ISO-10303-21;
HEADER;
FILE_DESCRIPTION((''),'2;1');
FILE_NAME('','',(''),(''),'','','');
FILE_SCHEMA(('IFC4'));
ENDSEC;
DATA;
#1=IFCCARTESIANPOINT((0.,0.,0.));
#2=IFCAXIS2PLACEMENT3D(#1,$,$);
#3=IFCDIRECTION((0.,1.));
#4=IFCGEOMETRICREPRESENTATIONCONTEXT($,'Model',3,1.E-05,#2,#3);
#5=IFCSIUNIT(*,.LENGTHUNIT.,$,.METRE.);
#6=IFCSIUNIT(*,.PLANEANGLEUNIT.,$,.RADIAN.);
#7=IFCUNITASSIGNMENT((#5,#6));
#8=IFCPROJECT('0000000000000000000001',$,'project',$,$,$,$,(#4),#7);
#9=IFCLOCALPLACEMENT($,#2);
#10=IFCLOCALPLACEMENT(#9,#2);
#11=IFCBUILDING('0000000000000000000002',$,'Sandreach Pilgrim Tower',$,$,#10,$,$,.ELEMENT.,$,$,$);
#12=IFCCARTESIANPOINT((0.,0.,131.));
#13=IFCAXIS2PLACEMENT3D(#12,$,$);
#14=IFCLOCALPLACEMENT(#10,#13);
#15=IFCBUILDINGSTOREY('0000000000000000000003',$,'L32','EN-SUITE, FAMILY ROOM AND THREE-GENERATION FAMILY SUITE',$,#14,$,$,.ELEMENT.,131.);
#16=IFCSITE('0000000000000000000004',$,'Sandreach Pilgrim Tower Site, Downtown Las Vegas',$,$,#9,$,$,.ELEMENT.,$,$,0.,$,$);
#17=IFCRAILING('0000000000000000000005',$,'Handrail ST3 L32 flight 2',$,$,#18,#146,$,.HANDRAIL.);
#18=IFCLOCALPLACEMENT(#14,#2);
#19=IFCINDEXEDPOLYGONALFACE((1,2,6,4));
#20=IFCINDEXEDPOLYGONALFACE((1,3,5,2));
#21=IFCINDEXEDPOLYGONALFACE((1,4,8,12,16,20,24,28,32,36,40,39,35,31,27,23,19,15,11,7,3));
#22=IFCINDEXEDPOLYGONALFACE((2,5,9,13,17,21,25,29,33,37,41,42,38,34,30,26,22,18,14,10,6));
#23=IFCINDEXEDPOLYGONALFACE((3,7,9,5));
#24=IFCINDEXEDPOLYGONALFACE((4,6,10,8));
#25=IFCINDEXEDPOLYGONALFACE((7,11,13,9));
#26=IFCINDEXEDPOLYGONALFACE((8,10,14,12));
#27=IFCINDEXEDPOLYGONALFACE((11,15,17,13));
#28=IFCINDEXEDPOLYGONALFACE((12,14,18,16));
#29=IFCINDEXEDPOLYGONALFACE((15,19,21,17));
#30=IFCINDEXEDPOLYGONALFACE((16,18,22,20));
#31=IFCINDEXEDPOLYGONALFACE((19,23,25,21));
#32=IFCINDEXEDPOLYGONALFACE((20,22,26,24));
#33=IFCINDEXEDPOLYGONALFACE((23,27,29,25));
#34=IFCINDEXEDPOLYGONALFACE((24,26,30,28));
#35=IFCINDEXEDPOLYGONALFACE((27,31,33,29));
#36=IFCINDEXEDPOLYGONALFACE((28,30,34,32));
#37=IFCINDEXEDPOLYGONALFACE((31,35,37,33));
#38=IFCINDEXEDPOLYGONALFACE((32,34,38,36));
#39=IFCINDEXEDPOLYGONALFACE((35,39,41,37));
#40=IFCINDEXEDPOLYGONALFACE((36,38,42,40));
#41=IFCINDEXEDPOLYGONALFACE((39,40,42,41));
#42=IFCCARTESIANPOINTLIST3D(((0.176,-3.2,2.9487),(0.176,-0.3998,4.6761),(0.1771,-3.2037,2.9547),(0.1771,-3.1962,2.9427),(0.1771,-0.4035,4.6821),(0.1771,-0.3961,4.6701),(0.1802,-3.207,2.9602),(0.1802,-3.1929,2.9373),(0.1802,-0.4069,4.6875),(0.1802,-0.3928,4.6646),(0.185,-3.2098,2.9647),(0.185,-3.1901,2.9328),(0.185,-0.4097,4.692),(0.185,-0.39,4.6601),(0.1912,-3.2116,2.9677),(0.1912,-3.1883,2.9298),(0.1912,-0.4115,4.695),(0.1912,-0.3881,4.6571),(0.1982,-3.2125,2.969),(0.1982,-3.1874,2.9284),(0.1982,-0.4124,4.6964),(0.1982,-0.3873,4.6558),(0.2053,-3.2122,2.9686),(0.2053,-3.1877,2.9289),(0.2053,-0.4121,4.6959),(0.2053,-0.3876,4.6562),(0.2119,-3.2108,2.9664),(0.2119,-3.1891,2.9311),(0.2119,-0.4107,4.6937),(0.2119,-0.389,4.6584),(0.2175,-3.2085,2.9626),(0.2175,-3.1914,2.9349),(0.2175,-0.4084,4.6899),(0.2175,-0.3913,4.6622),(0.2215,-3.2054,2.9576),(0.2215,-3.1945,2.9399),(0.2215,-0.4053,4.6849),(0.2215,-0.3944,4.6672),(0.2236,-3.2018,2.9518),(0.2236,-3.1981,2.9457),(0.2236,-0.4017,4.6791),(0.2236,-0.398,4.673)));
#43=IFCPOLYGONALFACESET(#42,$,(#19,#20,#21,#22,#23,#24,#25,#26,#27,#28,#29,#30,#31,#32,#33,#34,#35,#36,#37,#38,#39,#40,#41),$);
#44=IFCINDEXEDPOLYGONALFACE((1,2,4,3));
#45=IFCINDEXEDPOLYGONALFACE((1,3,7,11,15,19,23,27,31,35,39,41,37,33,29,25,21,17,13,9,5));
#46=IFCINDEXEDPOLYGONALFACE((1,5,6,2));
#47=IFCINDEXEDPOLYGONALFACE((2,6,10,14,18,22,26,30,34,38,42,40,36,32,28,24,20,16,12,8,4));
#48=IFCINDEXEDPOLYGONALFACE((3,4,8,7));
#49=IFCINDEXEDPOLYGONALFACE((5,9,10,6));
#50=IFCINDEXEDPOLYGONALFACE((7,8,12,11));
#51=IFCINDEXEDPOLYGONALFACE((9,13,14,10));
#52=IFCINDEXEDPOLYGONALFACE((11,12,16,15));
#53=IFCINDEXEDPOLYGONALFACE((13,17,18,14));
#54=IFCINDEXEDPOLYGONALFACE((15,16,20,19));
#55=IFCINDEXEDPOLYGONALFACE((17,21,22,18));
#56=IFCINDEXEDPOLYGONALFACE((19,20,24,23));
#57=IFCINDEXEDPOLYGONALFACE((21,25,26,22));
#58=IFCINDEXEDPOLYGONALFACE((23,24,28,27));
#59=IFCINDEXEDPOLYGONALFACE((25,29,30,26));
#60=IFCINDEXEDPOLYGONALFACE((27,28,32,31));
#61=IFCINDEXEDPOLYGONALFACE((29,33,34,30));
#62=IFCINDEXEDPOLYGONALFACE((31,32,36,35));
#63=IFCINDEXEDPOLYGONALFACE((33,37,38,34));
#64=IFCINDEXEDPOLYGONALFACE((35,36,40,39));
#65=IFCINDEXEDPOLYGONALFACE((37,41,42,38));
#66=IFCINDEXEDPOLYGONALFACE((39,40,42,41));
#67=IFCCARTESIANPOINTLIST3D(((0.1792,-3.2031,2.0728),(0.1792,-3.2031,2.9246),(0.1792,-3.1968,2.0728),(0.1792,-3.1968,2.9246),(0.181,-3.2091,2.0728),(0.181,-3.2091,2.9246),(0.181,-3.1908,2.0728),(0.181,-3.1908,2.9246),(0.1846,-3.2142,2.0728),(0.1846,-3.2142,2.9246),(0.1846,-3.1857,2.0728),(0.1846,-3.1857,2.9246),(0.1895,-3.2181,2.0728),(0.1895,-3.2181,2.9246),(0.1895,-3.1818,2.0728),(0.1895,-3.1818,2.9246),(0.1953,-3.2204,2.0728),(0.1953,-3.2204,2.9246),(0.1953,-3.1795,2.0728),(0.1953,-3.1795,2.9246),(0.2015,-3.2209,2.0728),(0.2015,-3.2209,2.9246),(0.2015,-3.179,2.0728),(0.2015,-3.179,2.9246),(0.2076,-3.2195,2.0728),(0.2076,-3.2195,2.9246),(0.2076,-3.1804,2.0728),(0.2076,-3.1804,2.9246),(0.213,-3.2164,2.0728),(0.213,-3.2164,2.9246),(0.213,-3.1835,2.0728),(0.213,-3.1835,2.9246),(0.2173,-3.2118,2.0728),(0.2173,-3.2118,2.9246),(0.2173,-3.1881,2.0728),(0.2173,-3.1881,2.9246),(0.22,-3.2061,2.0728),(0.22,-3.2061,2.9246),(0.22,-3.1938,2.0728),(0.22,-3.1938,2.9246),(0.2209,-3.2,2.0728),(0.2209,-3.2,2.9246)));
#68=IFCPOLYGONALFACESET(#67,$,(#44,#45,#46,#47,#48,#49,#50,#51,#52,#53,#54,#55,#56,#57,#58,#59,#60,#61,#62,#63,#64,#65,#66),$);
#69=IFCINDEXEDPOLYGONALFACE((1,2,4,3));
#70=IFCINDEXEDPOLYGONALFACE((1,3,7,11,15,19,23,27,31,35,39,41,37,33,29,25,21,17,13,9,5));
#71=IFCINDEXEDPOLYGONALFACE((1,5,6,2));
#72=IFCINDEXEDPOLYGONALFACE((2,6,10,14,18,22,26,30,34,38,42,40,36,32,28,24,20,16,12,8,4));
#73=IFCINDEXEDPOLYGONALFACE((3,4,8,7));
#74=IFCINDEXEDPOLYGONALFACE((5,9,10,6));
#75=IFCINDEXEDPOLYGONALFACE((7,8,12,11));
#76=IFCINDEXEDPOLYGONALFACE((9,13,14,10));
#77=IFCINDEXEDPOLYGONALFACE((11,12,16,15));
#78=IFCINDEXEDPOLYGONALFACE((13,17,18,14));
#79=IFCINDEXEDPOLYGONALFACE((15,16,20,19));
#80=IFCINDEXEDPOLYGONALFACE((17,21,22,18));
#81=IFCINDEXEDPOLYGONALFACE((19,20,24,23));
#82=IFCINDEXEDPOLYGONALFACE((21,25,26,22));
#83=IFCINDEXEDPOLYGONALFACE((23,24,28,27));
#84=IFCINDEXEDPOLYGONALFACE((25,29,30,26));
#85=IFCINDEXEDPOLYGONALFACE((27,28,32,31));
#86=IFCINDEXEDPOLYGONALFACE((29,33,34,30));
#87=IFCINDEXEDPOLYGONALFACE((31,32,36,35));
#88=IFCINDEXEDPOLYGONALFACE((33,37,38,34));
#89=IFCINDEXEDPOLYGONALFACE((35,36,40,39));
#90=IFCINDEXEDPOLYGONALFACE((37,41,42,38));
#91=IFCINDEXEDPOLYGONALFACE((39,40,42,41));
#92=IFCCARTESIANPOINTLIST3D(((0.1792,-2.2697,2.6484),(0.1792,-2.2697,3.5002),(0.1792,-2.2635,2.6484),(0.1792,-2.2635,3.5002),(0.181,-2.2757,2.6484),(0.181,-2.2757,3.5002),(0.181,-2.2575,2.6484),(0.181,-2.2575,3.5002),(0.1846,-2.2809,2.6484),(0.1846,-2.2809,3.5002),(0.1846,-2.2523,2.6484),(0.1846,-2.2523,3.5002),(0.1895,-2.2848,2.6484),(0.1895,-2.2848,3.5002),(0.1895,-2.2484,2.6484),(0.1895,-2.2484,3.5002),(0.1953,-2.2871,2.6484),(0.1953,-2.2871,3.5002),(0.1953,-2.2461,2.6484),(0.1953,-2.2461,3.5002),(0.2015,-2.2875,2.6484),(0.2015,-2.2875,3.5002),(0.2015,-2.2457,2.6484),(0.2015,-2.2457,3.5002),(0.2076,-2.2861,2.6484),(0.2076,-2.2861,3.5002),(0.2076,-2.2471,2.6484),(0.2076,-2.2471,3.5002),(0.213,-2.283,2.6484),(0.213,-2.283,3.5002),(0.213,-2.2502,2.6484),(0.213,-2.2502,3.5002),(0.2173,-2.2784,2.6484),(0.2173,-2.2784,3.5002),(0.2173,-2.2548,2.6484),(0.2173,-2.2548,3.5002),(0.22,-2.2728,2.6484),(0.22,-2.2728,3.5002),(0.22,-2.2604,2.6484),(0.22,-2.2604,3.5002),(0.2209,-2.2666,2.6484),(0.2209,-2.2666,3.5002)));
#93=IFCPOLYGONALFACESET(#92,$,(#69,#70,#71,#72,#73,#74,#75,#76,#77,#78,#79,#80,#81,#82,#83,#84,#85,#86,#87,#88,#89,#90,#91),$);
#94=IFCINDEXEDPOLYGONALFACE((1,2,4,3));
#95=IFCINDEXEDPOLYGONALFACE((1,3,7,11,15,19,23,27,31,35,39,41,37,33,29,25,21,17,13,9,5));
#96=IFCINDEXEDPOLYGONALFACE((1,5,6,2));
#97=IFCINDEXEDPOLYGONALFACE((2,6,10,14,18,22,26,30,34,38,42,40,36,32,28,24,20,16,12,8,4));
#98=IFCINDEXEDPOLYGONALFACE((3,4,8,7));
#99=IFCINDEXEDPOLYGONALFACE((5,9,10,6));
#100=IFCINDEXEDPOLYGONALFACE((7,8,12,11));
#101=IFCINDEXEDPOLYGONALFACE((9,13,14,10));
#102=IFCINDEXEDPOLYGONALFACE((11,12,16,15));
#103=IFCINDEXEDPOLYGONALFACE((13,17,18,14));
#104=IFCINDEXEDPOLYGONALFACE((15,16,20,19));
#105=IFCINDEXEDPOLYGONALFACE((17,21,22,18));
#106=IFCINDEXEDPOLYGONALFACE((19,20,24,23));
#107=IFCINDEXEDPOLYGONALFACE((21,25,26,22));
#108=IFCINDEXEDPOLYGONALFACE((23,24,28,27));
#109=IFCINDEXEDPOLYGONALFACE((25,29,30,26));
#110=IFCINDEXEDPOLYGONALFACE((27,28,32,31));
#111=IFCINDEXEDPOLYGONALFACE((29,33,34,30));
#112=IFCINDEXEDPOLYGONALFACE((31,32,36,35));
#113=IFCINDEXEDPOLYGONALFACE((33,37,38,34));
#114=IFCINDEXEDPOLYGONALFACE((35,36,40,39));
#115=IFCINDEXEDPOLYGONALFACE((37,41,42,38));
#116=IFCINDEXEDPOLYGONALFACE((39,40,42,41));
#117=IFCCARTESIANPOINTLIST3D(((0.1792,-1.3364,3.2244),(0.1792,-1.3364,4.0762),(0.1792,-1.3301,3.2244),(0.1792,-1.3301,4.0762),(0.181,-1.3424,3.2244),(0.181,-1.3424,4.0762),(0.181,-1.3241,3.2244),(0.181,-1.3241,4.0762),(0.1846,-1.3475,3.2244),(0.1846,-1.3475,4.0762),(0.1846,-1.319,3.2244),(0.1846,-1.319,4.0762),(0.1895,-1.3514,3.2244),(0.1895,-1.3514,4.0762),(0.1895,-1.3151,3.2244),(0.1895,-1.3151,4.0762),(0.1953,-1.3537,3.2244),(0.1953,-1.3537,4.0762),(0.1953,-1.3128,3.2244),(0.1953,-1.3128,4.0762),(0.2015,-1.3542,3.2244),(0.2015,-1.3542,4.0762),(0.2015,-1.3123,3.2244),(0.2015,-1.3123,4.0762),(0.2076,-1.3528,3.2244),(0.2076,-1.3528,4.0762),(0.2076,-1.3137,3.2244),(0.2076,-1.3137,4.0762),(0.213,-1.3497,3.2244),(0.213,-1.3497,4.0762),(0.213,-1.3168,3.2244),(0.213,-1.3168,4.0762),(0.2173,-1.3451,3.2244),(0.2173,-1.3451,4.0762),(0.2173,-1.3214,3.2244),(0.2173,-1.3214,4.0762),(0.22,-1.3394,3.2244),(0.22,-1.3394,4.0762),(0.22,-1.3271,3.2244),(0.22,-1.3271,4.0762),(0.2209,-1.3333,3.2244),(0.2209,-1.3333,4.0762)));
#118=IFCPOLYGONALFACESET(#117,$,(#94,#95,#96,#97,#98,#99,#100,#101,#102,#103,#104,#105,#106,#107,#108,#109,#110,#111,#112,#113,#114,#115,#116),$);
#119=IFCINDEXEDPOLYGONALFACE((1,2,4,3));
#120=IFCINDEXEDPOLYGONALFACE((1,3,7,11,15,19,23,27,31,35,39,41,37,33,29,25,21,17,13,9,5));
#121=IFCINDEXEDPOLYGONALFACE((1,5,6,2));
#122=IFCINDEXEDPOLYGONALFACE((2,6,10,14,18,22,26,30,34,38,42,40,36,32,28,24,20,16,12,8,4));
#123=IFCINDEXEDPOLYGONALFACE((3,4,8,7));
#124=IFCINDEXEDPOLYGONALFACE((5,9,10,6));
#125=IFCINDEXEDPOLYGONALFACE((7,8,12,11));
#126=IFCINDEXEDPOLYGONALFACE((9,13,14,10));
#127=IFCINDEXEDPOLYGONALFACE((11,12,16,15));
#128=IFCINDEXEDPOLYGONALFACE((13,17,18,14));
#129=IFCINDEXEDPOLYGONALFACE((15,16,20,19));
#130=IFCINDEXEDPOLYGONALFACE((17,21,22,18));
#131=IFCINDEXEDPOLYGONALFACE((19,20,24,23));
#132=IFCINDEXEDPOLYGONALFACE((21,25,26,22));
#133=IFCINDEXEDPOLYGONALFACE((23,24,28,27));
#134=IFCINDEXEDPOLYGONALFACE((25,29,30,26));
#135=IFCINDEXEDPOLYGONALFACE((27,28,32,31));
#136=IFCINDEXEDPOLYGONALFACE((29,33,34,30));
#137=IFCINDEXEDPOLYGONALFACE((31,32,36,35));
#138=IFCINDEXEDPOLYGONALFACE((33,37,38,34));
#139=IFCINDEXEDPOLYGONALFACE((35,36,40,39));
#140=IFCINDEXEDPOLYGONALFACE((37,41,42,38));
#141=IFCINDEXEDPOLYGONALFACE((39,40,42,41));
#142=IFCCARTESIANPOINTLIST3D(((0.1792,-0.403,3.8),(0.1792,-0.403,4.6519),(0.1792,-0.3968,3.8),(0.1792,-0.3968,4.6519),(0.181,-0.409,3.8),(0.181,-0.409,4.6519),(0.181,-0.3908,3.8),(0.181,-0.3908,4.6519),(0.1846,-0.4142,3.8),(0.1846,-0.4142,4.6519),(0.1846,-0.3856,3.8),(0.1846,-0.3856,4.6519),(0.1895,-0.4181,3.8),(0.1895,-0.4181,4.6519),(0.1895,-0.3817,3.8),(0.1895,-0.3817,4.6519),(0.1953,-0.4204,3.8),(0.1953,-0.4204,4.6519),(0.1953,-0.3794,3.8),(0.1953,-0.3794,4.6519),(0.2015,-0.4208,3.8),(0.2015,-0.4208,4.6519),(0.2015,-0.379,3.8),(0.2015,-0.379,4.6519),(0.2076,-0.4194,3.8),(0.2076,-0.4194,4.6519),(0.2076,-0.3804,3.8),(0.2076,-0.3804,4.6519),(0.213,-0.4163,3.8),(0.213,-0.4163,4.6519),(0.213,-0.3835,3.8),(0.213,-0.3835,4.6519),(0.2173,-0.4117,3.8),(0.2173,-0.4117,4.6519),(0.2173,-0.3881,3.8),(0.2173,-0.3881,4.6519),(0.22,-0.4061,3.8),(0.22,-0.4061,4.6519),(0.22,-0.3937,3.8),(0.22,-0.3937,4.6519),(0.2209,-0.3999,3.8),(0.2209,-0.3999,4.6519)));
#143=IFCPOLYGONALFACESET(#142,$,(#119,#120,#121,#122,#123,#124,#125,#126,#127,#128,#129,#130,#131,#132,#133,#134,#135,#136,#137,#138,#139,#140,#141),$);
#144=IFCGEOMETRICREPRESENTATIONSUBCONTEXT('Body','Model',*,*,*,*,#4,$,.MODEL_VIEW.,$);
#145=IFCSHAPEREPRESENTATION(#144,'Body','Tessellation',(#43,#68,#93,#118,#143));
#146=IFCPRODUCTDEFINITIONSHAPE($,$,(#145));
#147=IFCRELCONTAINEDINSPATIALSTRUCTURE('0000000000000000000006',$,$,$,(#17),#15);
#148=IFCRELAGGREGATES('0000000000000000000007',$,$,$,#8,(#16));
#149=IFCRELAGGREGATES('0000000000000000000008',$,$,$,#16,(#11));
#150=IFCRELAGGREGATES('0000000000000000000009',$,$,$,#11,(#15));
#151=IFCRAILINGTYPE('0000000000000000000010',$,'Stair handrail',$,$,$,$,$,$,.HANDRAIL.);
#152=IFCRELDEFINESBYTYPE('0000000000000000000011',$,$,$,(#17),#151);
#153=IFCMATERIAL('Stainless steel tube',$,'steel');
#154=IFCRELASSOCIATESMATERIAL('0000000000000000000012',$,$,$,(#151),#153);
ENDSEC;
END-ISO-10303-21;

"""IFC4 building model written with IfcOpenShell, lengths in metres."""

from ifc_helpers import new_model, si_unit, direction, frame, origin, origin_2d, place, context, subcontext, project, spatial, circle, extrude, material, type_object, element, save


model = new_model("IFC4")

# Units and contexts
model_context = context("Model", 3, precision=1e-05, world=origin(), true_north=direction((0.0, 1.0)))
body_context = subcontext(model_context, "Body", "Model", "MODEL_VIEW")
ifc_project = project(units=[si_unit("LENGTHUNIT", "METRE"), si_unit("PLANEANGLEUNIT", "RADIAN")], contexts=[model_context])

# Site, building, storey
site_placement = place(None, origin())
site = spatial("IfcSite", under=ifc_project, at=site_placement, Name="Sandreach Pilgrim Tower Site, Downtown Las Vegas", CompositionType="ELEMENT", RefElevation=0.0)
building_placement = place(site_placement, origin())
building = spatial("IfcBuilding", under=site, at=building_placement, Name="Sandreach Pilgrim Tower", CompositionType="ELEMENT")
storey_placement = place(building_placement, frame((0.0, 0.0, 131.0)))
storey = spatial("IfcBuildingStorey", under=building, at=storey_placement, Name="L32", Description="EN-SUITE, FAMILY ROOM AND THREE-GENERATION FAMILY SUITE", CompositionType="ELEMENT", Elevation=131.0)

# Railing
ifc_material_1 = material(Name="Stainless steel tube", Category="steel")
railing_type = type_object("IfcRailingType", Name="Stair handrail", PredefinedType="HANDRAIL", material=ifc_material_1)
for number, where, name in (
    (1, (0.2, -3.2, 2.0728), "Handrail ST3 L32 flight 2"),
):
    element("IfcRailing", number, at=place(storey_placement, frame(where)), inside=storey, type_object=railing_type, Name=name, PredefinedType="HANDRAIL", context=body_context, shape_type="SweptSolid", body=[
        extrude(circle(Radius=0.0239, at=origin_2d()), frame((0.0, 0.0, 0.876), z_axis=(0.0, 0.85109, 0.52502), x_axis=(-1.0, 0.0, 0.0)), (0.0, 0.0, 1.0), 3.29),
        extrude(circle(Radius=0.021, at=origin_2d()), origin(), (0.0, 0.0, 1.0), 0.8518),
        extrude(circle(Radius=0.021, at=origin_2d()), frame((0.0, 0.9333, 0.5757)), (0.0, 0.0, 1.0), 0.8518),
        extrude(circle(Radius=0.021, at=origin_2d()), frame((0.0, 1.8667, 1.1516)), (0.0, 0.0, 1.0), 0.8518),
        extrude(circle(Radius=0.021, at=origin_2d()), frame((0.0, 2.8, 1.7273)), (0.0, 0.0, 1.0), 0.8518),
    ])

save(model, "model.ifc")
